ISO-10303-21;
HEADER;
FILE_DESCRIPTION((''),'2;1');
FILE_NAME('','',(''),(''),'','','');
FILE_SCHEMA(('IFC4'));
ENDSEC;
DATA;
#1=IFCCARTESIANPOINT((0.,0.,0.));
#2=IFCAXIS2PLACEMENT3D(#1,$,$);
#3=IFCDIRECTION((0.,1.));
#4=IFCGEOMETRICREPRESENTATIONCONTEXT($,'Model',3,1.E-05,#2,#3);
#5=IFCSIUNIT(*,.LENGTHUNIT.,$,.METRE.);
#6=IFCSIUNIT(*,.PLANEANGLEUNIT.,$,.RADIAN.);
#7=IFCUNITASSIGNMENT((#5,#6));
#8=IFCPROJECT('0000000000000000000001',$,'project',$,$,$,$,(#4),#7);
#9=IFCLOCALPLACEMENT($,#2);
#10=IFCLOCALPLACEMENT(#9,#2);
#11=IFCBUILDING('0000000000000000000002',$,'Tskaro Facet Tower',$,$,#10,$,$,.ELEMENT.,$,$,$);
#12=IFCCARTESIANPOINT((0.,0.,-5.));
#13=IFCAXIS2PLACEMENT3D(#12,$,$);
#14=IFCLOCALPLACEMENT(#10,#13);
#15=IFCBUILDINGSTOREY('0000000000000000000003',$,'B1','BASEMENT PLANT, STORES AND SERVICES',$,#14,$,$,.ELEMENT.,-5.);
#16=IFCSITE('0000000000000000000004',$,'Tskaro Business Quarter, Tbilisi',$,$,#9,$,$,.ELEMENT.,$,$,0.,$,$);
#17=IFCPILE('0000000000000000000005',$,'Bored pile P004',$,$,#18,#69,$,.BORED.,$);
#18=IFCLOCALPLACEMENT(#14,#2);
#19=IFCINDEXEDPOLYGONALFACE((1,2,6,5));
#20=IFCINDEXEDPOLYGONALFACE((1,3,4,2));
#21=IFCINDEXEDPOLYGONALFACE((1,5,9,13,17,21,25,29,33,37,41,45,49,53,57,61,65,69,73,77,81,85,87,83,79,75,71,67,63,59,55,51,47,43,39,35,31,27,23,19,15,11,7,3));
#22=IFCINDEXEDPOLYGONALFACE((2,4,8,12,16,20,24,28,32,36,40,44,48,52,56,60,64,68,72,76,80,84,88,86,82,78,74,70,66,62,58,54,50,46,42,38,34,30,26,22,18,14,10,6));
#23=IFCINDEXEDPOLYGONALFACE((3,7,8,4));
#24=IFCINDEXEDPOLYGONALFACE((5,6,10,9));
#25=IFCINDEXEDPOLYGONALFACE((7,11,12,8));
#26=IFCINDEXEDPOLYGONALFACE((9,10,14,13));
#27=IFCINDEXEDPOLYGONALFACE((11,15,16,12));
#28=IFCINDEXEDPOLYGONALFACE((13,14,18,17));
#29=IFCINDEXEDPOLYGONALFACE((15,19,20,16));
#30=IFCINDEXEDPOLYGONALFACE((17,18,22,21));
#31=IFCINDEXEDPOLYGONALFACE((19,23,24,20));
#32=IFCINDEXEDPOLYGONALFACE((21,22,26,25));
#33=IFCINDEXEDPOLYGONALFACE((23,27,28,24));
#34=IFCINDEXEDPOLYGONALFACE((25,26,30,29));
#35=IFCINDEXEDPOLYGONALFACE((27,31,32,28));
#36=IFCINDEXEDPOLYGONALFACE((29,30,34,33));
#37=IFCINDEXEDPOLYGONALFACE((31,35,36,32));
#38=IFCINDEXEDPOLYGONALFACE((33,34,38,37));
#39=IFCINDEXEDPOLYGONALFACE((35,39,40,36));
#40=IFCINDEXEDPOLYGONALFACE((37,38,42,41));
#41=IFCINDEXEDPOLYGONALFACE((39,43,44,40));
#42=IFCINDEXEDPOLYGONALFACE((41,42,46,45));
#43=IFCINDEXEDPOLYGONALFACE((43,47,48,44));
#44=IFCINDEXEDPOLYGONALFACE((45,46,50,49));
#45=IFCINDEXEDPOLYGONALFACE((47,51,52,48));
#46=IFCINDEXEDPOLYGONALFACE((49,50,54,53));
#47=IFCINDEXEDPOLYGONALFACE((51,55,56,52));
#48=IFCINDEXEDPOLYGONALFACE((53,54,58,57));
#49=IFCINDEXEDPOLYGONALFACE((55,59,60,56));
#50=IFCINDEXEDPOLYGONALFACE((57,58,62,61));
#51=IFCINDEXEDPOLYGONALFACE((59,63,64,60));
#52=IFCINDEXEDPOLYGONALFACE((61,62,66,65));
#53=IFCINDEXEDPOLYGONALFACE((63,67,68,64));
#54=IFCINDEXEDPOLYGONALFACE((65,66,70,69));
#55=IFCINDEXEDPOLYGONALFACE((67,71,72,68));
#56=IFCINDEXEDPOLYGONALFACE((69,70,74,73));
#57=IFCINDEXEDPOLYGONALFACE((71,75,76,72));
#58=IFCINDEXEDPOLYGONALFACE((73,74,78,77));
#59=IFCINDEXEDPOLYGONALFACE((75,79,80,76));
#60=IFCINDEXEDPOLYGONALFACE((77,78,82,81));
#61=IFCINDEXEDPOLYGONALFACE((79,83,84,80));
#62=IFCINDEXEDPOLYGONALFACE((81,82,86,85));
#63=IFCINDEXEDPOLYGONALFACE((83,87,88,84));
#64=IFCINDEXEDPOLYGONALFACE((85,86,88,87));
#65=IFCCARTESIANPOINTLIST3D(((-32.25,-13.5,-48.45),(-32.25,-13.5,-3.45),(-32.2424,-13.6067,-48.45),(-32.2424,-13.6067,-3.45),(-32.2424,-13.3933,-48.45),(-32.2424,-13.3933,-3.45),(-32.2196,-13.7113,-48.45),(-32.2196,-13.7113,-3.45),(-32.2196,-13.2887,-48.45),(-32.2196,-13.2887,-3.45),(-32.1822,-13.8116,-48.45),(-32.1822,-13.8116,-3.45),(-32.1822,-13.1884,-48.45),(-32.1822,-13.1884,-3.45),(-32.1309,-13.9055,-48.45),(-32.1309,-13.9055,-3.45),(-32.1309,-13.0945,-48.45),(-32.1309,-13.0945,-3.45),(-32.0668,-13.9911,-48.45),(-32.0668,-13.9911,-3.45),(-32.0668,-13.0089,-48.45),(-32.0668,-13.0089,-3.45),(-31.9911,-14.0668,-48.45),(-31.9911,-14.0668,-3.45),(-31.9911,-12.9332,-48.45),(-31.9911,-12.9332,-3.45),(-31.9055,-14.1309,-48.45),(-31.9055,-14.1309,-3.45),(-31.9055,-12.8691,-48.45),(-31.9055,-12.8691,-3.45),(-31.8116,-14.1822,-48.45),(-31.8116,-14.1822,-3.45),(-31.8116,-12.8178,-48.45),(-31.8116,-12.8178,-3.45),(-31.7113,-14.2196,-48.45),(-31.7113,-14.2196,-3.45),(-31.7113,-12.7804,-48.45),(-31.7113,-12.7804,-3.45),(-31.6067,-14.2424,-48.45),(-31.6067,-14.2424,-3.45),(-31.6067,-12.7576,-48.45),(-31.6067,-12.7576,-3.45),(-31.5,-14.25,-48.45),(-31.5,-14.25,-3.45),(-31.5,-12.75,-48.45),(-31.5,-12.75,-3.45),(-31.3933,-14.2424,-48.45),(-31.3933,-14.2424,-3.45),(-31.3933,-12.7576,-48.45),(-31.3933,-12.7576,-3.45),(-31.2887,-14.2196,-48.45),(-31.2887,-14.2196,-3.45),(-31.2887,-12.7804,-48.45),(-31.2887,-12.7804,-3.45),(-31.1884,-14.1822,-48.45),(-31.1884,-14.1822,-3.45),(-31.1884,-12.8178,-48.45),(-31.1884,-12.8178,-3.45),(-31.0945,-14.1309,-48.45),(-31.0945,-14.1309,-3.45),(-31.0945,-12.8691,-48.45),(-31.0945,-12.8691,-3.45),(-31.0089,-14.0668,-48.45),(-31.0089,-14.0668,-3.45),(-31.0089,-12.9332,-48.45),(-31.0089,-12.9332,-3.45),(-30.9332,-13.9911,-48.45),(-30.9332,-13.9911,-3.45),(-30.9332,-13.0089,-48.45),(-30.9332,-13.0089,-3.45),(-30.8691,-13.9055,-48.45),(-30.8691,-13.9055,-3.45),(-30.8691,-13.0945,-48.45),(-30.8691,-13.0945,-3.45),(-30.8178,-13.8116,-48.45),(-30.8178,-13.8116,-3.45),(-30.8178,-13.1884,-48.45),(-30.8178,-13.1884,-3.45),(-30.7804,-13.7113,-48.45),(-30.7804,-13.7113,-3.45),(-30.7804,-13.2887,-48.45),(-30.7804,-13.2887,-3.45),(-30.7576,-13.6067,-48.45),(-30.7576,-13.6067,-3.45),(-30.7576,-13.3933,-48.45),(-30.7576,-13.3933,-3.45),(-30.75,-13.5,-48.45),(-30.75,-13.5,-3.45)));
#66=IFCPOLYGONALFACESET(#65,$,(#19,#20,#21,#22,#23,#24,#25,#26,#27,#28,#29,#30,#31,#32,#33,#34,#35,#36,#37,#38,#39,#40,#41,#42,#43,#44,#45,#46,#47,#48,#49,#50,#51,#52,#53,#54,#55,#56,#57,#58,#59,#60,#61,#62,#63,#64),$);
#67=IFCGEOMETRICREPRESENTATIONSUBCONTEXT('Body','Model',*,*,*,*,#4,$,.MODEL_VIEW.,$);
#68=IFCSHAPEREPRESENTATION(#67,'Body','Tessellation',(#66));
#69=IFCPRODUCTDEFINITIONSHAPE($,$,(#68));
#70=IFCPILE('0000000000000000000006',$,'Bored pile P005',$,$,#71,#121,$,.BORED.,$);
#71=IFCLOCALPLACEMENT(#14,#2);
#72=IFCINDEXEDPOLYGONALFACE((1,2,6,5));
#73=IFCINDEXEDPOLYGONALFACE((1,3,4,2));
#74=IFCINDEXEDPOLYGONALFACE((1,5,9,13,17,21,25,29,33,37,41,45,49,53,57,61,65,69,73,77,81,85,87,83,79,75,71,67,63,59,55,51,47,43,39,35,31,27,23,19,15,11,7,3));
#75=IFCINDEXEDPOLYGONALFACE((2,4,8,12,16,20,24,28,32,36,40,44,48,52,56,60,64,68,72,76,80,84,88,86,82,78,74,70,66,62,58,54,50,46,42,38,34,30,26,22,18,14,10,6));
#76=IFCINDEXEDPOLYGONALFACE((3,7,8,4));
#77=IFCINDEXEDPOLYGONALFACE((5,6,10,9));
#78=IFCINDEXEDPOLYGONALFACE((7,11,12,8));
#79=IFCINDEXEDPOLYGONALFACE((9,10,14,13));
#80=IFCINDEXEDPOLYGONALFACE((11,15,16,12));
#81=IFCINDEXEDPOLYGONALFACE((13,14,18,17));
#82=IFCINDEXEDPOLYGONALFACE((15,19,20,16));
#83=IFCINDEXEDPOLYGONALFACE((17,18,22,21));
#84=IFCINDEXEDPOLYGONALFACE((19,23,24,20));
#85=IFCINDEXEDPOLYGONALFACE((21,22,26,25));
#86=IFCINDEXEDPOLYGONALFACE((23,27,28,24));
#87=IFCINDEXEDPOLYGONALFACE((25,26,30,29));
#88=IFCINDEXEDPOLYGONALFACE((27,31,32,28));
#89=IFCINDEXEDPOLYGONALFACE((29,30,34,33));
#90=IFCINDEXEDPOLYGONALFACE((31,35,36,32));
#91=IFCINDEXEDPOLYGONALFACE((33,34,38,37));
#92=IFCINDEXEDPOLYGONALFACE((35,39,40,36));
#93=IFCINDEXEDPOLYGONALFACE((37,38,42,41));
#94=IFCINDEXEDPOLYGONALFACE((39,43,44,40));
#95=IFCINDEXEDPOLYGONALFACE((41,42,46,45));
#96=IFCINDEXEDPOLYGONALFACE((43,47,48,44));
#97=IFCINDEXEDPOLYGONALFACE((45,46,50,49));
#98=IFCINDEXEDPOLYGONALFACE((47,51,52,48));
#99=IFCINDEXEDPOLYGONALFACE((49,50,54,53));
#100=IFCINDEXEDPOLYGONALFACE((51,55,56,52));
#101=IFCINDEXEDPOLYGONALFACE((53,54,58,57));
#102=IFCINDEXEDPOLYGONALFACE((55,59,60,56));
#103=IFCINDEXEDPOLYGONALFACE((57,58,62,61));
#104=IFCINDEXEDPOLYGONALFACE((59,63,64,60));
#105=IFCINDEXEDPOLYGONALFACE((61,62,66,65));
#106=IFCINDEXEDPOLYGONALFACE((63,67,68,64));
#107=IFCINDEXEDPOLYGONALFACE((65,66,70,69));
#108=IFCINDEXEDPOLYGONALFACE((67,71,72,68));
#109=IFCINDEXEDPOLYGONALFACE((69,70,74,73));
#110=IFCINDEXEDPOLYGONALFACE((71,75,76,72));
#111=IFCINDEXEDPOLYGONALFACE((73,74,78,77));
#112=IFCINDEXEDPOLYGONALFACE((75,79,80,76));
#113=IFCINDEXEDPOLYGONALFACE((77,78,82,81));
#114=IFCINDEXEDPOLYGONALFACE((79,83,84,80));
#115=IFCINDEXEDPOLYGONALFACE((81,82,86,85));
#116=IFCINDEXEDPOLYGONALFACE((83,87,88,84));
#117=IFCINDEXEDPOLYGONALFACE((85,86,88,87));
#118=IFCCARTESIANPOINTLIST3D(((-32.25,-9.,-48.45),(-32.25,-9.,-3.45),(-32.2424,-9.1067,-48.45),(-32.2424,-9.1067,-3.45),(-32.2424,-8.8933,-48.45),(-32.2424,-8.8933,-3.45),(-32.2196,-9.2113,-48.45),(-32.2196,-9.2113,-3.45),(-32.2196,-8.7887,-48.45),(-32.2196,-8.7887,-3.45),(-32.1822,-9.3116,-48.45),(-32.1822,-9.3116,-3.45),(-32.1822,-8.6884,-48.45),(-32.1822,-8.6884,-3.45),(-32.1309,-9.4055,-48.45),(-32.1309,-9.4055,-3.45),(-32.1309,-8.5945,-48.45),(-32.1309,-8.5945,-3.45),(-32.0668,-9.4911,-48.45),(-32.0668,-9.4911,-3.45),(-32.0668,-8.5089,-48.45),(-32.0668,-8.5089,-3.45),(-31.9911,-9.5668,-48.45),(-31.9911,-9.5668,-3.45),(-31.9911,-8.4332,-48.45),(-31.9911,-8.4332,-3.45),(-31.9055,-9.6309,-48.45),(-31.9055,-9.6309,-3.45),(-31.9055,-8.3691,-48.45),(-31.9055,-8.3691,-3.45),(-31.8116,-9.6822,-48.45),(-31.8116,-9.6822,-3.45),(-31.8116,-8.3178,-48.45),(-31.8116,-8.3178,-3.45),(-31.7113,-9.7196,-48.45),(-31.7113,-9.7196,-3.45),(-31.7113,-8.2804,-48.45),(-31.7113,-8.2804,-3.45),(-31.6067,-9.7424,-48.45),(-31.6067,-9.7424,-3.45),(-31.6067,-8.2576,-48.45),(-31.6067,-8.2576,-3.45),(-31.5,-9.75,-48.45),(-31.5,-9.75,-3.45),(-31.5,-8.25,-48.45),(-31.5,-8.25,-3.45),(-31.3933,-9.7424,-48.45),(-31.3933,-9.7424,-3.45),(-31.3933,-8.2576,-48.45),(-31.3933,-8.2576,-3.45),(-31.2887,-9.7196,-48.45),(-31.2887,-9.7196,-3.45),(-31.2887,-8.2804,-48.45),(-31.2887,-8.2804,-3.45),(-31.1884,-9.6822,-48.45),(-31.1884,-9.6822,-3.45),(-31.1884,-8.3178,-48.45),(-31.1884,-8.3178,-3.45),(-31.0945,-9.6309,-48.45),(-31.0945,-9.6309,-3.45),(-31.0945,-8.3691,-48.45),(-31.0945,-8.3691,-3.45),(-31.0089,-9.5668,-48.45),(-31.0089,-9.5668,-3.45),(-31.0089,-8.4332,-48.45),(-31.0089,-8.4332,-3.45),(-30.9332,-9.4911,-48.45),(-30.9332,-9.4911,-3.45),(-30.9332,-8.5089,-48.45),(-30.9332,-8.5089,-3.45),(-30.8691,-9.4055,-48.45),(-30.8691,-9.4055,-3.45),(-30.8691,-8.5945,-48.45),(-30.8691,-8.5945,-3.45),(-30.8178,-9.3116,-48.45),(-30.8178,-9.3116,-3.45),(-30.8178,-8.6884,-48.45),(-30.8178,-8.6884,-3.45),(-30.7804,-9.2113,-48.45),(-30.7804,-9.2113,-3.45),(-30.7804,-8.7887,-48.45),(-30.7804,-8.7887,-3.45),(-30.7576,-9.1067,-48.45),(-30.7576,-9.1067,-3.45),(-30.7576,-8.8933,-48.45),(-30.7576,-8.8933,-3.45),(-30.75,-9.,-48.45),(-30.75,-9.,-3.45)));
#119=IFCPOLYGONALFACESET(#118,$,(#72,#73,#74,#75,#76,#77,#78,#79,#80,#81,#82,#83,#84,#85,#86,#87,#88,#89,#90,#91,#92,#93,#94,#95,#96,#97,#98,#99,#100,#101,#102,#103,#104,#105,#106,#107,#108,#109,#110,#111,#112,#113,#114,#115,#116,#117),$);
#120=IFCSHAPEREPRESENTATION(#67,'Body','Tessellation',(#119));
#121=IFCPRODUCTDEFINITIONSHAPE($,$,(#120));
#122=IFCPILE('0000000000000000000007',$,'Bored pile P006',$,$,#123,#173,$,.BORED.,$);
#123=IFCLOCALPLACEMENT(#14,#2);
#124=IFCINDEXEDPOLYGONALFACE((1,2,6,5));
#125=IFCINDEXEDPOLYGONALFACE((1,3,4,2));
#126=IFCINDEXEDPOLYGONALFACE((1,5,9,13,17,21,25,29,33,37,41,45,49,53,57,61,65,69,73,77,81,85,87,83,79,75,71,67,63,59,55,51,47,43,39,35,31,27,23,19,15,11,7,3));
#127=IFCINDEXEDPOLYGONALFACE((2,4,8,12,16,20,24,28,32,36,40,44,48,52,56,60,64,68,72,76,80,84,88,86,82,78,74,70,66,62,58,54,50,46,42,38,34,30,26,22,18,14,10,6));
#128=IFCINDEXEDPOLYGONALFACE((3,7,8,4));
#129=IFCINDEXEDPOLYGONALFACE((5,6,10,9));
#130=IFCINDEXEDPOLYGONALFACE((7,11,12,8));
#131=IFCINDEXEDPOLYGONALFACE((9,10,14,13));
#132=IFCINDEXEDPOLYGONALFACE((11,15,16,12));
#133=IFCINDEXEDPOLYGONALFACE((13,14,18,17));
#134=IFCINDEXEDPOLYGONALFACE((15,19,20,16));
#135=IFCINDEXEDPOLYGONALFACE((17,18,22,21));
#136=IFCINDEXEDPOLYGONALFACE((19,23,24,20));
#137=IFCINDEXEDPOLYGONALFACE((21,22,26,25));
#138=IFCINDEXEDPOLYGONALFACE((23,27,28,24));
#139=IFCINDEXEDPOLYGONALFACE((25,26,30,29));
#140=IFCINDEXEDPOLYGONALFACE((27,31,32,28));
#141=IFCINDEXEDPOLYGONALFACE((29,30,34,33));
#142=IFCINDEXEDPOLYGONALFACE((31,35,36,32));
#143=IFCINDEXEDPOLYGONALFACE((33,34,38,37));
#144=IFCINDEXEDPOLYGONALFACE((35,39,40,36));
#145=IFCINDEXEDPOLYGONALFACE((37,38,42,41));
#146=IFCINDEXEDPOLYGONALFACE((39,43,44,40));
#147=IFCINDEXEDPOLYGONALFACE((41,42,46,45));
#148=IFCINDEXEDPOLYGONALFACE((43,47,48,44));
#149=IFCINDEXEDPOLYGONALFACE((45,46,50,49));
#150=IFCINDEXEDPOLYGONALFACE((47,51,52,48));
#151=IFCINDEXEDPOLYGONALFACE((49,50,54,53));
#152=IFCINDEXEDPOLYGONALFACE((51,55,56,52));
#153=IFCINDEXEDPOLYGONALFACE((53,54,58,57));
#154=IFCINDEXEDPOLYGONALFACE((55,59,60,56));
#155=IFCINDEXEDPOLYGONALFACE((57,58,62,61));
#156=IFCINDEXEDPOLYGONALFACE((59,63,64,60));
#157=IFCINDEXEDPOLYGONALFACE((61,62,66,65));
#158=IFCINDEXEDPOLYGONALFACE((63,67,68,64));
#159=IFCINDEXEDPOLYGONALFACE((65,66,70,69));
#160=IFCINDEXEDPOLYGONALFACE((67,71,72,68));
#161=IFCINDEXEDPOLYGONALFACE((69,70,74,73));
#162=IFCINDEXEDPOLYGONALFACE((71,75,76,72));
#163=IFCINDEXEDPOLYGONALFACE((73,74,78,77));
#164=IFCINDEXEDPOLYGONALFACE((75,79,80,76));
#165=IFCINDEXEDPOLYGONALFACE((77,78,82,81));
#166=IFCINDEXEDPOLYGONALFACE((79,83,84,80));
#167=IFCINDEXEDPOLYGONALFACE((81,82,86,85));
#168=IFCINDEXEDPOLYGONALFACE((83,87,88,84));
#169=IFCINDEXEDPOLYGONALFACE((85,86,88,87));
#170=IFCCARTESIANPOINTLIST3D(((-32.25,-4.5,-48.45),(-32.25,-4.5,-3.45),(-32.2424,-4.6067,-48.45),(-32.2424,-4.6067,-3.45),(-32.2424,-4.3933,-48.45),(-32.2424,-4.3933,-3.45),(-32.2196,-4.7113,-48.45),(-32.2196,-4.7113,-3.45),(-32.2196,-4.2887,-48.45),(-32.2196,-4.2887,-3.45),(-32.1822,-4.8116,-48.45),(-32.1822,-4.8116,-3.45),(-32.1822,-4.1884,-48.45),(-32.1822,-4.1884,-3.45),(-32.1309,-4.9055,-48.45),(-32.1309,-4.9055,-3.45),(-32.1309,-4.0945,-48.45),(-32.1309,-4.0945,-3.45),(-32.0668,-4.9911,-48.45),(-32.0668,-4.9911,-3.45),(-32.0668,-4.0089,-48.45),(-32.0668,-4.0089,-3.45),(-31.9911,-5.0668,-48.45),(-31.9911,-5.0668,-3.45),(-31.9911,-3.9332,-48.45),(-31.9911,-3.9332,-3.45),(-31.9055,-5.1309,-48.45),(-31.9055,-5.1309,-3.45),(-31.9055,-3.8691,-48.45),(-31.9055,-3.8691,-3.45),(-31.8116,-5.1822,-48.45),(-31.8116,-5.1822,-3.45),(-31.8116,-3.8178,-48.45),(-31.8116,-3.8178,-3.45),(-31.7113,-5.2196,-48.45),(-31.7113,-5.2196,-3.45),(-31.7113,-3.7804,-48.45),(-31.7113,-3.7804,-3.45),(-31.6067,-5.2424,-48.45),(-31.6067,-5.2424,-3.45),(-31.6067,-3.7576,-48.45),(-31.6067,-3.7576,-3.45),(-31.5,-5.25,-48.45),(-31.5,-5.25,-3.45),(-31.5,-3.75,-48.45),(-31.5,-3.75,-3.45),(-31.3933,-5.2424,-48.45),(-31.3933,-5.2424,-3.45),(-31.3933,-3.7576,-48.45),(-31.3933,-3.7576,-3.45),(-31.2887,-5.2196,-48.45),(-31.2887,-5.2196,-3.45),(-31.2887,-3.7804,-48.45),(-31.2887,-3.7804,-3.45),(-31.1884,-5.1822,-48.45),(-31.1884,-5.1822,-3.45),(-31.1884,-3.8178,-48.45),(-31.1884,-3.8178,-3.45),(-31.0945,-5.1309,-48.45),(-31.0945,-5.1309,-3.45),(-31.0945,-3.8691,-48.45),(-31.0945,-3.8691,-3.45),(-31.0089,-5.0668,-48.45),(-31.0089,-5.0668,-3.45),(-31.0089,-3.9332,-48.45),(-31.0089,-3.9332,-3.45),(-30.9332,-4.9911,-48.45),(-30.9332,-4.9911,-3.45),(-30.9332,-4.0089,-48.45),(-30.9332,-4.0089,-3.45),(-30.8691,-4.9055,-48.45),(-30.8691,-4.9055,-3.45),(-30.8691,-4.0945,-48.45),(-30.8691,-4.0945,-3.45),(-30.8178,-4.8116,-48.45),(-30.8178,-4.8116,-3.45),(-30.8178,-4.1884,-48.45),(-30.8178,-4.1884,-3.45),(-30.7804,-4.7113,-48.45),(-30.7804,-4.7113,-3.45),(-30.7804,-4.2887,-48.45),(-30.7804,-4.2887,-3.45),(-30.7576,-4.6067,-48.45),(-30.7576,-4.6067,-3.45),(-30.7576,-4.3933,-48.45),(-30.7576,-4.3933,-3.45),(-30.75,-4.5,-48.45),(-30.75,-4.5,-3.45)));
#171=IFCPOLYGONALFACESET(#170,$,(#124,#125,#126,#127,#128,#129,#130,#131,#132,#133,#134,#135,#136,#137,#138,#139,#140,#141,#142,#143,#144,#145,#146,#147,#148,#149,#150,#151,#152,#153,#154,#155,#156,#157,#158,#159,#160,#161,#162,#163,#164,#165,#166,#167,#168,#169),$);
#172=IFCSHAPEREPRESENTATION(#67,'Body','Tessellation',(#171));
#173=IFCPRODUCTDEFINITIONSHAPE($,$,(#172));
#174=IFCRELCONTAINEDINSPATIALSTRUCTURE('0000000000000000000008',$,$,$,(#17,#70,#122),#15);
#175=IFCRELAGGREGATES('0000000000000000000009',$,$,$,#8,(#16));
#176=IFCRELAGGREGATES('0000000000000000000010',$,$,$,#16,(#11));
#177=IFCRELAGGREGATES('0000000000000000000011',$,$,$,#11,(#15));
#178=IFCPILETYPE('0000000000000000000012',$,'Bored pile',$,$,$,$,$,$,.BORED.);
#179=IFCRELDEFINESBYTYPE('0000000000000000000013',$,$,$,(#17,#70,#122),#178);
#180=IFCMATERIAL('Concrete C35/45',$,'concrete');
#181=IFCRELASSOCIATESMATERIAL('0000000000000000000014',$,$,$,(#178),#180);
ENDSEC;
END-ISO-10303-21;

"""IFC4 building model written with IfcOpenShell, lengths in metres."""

from ifc_helpers import new_model, si_unit, direction, frame, origin, origin_2d, place, context, subcontext, project, spatial, circle, extrude, material, material_profile, profile_set, type_object, element, save


model = new_model("IFC4")

# Units and contexts
model_context = context("Model", 3, precision=1e-05, world=origin(), true_north=direction((0.0, 1.0)))
body_context = subcontext(model_context, "Body", "Model", "MODEL_VIEW")
ifc_project = project(units=[si_unit("LENGTHUNIT", "METRE"), si_unit("PLANEANGLEUNIT", "RADIAN")], contexts=[model_context])

# Site, building, storey
site_placement = place(None, origin())
site = spatial("IfcSite", under=ifc_project, at=site_placement, Name="Tskaro Business Quarter, Tbilisi", CompositionType="ELEMENT", RefElevation=0.0)
building_placement = place(site_placement, origin())
building = spatial("IfcBuilding", under=site, at=building_placement, Name="Tskaro Facet Tower", CompositionType="ELEMENT")
storey_placement = place(building_placement, frame((0.0, 0.0, -5.0)))
storey = spatial("IfcBuildingStorey", under=building, at=storey_placement, Name="B1", Description="BASEMENT PLANT, STORES AND SERVICES", CompositionType="ELEMENT", Elevation=-5.0)

# Piles
ifc_material_1 = material(Name="Concrete C35/45", Category="concrete")
ifc_material_profile_1 = material_profile(ifc_material_1, circle(Radius=0.75, at=origin_2d()), Name="Bored pile")
ifc_profile_set_1 = profile_set([ifc_material_profile_1], Name="Concrete C35/45")
pile_type = type_object("IfcPileType", Name="Bored pile", PredefinedType="BORED", material=ifc_profile_set_1)
for number, where, z_axis, x_axis, name in (
    (1, (-31.5, -13.5, -3.45), (0.0, 0.0, -1.0), (1.0, 0.0, 0.0), "Bored pile P004"),
    (2, (-31.5, -9.0, -3.45), (0.0, 0.0, -1.0), (1.0, 0.0, 0.0), "Bored pile P005"),
    (3, (-31.5, -4.5, -3.45), (0.0, 0.0, -1.0), (1.0, 0.0, 0.0), "Bored pile P006"),
):
    element("IfcPile", number, at=place(storey_placement, frame(where, z_axis=z_axis, x_axis=x_axis)), inside=storey, type_object=pile_type, Name=name, PredefinedType="BORED", context=body_context, shape_type="SweptSolid", body=[
        extrude(circle(Radius=0.75, at=origin_2d()), origin(), (0.0, 0.0, 1.0), 45.0),
    ])

save(model, "model.ifc")
